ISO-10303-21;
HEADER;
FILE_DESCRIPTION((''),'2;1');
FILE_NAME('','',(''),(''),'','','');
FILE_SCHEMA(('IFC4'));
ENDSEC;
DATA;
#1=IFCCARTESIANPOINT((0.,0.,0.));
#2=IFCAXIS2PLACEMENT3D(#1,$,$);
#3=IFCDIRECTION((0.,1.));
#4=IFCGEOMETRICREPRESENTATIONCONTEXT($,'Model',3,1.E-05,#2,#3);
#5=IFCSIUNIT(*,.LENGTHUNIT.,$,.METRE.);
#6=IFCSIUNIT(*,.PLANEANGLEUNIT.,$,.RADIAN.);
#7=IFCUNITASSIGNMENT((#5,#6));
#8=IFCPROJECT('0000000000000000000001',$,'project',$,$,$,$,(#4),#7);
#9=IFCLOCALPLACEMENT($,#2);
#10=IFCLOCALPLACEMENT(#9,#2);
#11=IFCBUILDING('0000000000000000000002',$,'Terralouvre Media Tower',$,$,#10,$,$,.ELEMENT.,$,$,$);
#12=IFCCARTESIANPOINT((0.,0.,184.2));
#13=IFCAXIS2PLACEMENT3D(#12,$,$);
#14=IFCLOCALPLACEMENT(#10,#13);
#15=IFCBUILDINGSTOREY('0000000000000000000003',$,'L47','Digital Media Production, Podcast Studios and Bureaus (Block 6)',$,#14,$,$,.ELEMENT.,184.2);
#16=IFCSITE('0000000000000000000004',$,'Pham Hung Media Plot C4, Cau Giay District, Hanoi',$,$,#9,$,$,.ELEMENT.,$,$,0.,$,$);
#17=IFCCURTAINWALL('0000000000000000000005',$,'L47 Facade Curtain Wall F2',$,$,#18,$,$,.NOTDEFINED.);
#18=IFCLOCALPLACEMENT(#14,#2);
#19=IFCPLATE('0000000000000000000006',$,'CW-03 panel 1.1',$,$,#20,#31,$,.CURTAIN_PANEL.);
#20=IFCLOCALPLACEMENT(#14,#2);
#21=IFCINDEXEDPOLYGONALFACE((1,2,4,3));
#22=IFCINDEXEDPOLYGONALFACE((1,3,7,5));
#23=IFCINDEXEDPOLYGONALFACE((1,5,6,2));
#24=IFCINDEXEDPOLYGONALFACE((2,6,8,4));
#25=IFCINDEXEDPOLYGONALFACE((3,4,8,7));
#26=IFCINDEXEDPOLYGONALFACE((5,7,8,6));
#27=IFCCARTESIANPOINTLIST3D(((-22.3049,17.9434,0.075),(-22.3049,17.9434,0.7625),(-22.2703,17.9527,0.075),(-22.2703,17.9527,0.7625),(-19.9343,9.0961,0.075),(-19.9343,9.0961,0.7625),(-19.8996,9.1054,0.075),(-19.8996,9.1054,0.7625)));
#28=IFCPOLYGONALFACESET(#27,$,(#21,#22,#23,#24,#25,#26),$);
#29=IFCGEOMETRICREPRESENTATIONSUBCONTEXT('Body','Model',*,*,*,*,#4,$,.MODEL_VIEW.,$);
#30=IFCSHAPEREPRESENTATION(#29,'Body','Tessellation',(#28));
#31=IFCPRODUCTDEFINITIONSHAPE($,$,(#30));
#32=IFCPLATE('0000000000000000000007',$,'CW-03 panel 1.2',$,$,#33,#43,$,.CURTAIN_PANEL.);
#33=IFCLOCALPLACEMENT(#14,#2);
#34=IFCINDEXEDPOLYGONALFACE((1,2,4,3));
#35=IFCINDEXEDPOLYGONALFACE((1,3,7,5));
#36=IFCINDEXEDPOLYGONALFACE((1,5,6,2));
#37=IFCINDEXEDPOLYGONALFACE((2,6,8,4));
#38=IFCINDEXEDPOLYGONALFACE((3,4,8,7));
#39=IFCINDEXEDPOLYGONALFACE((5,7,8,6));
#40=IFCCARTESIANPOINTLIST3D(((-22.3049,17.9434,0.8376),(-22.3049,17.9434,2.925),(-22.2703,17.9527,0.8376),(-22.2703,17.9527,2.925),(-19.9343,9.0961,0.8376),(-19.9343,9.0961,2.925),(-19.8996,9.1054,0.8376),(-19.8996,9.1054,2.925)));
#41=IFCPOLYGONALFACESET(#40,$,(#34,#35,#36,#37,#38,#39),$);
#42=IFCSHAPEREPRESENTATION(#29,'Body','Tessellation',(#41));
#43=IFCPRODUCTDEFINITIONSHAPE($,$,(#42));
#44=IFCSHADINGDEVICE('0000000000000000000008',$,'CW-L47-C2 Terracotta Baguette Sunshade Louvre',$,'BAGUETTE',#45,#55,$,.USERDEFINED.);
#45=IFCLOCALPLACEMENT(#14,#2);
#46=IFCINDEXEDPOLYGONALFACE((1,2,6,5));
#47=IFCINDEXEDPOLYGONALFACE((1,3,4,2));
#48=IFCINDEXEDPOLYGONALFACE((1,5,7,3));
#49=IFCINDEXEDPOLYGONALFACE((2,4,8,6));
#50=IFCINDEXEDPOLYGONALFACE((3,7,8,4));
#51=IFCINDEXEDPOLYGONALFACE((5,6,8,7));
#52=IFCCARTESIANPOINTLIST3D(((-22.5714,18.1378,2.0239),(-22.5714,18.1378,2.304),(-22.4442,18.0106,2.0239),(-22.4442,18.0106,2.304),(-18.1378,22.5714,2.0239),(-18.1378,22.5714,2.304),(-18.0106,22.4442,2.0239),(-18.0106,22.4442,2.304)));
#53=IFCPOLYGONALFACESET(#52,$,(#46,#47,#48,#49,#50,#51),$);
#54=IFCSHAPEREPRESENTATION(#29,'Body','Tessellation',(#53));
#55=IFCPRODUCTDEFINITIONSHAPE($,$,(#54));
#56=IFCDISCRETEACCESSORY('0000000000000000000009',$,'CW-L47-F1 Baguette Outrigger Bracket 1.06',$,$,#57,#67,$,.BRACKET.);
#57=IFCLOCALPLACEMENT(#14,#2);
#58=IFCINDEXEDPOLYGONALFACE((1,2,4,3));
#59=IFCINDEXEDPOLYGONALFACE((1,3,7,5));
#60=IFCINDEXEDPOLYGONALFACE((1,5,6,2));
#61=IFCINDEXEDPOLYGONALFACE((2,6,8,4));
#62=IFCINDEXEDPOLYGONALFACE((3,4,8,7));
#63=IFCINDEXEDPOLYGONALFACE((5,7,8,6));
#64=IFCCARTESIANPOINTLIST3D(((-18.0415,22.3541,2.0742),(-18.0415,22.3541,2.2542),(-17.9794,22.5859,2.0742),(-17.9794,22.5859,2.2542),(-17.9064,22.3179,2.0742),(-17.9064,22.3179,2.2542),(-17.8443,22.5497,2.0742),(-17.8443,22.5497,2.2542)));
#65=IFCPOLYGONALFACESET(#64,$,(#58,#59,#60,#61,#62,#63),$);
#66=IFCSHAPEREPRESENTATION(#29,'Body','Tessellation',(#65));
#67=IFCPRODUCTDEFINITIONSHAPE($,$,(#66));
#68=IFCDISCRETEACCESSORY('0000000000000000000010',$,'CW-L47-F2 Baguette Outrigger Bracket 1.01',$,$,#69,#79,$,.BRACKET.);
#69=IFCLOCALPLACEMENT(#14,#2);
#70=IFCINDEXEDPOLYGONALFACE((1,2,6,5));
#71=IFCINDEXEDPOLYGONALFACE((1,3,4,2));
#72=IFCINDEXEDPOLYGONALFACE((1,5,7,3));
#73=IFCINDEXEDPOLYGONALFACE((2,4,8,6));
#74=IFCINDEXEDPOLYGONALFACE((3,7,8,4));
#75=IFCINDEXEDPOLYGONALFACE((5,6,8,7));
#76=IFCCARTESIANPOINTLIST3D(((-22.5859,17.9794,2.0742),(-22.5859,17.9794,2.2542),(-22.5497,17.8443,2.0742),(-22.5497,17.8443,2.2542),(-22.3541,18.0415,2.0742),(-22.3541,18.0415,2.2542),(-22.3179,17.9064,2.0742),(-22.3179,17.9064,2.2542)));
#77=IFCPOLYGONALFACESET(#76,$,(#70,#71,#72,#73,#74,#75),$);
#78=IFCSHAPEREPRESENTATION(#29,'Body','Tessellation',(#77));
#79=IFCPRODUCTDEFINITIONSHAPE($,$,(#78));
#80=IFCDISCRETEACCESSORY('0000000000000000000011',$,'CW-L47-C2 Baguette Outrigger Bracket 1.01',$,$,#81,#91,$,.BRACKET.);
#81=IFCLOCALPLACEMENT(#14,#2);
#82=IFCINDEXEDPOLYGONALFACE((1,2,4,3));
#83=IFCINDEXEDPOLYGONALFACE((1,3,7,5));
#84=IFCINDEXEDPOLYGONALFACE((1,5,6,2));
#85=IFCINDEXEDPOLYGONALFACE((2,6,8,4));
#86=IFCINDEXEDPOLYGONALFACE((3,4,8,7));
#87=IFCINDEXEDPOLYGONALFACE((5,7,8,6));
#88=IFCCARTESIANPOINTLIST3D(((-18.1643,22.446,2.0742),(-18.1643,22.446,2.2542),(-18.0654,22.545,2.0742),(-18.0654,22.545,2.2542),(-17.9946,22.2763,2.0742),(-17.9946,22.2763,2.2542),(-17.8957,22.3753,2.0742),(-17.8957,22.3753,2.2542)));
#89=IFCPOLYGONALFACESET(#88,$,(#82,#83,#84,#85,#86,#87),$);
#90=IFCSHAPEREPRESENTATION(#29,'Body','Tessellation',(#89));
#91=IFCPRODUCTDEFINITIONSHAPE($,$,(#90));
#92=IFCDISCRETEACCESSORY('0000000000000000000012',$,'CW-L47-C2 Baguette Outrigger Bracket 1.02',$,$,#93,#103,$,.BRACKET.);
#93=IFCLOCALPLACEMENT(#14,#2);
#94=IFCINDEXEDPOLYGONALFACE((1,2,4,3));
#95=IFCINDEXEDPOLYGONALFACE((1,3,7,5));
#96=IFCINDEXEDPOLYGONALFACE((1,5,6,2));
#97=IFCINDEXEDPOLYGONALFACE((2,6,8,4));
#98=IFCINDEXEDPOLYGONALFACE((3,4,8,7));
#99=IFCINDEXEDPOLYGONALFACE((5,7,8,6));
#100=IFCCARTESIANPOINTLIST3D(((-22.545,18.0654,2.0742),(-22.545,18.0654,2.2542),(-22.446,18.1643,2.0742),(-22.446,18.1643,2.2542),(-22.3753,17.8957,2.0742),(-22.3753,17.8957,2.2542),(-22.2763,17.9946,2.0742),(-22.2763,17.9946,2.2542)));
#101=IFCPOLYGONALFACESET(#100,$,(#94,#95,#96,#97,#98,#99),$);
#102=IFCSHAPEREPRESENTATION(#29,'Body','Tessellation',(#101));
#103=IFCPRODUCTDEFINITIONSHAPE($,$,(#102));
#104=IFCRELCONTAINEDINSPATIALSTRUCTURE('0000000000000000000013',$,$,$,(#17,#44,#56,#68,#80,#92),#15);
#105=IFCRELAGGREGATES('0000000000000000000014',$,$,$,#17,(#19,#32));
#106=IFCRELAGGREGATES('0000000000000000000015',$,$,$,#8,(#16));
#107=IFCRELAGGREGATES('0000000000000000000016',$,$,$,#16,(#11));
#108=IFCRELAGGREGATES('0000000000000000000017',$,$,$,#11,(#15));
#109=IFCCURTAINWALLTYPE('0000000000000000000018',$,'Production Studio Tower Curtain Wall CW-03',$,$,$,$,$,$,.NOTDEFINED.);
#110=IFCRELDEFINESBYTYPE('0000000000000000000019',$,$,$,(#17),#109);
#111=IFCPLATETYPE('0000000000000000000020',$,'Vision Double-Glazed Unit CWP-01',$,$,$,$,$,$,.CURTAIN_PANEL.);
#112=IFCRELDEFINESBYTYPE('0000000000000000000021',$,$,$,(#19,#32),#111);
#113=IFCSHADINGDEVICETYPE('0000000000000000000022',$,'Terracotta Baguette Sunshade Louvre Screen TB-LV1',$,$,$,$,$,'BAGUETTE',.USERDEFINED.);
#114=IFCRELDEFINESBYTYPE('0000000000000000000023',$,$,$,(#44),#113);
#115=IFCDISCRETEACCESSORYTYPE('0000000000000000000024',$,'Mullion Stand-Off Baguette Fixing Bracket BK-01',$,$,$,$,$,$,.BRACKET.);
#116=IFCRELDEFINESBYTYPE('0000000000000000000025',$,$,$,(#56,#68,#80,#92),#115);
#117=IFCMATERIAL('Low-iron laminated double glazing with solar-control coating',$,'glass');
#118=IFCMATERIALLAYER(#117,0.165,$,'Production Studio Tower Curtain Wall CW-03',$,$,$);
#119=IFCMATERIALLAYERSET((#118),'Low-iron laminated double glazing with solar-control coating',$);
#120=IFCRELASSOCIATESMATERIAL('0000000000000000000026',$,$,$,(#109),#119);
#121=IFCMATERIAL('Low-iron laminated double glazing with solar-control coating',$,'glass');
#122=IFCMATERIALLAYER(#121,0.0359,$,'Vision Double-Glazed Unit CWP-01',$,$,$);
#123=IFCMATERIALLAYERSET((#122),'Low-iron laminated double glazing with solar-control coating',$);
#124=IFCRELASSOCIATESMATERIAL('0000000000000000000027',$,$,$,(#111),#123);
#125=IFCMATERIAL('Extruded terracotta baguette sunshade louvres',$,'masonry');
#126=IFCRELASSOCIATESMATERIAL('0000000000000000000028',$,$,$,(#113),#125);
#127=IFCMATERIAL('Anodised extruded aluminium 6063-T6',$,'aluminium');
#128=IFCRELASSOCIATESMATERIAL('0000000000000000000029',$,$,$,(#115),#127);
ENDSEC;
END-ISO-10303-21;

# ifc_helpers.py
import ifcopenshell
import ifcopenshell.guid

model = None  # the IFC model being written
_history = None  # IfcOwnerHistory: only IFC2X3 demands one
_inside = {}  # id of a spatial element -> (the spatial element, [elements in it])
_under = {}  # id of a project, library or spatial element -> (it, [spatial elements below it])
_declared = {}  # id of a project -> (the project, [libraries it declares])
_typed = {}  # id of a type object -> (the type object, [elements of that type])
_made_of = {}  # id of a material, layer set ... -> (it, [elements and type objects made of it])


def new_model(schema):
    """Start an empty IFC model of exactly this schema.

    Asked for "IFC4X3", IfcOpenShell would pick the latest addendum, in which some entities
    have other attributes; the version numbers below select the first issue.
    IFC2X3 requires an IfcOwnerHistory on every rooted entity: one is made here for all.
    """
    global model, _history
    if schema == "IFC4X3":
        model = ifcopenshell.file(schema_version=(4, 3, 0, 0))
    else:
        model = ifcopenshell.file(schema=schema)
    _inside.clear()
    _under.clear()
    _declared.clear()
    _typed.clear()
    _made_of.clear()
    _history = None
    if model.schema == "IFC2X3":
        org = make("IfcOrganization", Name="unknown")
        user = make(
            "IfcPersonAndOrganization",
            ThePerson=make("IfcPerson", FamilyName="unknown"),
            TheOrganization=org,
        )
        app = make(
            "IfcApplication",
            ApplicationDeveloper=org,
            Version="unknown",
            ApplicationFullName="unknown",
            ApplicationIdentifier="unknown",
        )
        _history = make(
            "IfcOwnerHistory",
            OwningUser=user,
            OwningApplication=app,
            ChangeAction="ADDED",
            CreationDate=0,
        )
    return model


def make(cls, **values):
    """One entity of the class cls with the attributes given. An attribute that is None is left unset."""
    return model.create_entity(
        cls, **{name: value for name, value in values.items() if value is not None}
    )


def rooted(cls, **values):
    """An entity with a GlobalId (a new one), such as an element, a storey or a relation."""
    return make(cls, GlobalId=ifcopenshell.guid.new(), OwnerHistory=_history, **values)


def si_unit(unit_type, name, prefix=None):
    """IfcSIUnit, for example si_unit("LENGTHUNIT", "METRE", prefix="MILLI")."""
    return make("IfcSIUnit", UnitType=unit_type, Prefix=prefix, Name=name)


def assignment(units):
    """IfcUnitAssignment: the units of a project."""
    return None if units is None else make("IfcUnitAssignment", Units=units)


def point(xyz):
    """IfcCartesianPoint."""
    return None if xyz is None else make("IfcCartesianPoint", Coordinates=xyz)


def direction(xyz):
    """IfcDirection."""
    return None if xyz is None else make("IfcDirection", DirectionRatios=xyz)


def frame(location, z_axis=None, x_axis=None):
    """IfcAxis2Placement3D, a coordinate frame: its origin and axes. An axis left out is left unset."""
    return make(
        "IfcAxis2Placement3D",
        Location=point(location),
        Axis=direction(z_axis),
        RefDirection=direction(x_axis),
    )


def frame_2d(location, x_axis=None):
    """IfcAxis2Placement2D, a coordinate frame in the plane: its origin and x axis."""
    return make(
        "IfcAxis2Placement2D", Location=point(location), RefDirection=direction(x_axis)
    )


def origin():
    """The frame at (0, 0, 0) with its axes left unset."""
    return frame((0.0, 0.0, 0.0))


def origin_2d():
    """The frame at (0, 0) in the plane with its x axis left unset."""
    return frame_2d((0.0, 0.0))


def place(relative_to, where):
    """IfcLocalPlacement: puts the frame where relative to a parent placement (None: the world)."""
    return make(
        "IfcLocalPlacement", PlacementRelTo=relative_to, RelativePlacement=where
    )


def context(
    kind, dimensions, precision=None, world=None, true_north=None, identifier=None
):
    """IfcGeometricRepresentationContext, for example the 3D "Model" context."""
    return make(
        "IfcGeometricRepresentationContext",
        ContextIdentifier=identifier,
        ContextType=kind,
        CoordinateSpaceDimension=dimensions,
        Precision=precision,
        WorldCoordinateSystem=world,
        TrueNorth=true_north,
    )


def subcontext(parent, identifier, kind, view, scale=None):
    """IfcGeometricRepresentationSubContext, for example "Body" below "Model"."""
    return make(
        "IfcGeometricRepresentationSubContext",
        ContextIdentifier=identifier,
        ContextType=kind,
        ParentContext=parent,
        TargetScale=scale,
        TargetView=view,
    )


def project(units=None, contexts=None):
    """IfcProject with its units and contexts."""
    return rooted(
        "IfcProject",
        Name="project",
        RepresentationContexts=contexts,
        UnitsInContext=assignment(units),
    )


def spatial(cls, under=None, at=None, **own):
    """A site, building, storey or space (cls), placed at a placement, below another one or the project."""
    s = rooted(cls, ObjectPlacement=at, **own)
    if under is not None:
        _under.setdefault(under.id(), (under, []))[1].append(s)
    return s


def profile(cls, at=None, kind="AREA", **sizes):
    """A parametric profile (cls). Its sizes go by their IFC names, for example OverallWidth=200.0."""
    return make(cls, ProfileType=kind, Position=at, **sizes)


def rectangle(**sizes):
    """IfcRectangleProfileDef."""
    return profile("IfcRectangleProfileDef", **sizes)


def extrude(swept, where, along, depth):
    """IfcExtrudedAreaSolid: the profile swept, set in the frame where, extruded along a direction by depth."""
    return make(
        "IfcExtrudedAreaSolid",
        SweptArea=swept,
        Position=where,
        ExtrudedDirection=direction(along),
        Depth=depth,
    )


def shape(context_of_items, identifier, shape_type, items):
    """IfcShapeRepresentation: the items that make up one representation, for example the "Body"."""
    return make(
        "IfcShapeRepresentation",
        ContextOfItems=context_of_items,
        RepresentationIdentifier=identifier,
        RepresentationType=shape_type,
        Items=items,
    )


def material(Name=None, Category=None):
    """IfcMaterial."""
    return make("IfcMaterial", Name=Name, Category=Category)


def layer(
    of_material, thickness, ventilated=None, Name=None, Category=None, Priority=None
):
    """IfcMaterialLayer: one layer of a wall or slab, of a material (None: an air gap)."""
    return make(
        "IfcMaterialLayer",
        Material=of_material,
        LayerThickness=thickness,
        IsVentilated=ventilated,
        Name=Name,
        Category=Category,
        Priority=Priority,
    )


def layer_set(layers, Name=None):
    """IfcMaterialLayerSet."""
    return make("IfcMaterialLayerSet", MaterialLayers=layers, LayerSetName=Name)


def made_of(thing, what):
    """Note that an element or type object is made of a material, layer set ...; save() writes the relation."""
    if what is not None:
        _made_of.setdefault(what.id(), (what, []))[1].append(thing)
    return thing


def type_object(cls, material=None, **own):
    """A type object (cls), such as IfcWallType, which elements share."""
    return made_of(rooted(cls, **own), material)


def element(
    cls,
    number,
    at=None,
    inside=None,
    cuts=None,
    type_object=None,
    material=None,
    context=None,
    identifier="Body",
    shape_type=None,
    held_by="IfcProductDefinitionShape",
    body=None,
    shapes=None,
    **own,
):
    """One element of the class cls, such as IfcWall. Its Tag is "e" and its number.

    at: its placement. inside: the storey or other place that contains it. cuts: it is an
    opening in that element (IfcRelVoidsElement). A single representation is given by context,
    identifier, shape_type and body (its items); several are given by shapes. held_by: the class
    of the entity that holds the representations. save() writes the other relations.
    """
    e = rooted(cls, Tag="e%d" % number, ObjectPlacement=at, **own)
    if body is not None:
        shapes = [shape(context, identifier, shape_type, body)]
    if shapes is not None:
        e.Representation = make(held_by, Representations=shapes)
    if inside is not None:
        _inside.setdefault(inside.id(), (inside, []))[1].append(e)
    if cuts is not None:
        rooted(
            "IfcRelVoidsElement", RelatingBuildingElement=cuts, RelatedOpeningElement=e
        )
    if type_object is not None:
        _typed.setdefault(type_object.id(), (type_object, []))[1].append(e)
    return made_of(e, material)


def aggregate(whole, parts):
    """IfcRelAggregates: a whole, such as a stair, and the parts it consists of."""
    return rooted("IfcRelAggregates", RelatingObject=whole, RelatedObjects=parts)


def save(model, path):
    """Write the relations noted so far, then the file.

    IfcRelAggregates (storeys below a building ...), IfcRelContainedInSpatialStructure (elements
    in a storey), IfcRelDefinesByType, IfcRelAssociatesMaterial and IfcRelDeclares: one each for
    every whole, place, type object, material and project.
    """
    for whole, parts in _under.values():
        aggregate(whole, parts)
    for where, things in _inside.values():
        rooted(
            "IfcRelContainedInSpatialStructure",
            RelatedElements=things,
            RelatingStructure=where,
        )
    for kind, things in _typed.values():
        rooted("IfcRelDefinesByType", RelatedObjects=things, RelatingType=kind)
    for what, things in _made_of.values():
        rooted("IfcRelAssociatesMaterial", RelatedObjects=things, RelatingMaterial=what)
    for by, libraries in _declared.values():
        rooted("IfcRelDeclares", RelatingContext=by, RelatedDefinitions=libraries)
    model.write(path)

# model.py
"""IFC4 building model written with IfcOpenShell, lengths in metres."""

from ifc_helpers import new_model, si_unit, direction, frame, origin, origin_2d, place, context, subcontext, project, spatial, rectangle, extrude, material, layer, layer_set, type_object, element, aggregate, save


model = new_model("IFC4")

# Units and contexts
model_context = context("Model", 3, precision=1e-05, world=origin(), true_north=direction((0.0, 1.0)))
body_context = subcontext(model_context, "Body", "Model", "MODEL_VIEW")
ifc_project = project(units=[si_unit("LENGTHUNIT", "METRE"), si_unit("PLANEANGLEUNIT", "RADIAN")], contexts=[model_context])

# Site, building, storey
site_placement = place(None, origin())
site = spatial("IfcSite", under=ifc_project, at=site_placement, Name="Pham Hung Media Plot C4, Cau Giay District, Hanoi", CompositionType="ELEMENT", RefElevation=0.0)
building_placement = place(site_placement, origin())
building = spatial("IfcBuilding", under=site, at=building_placement, Name="Terralouvre Media Tower", CompositionType="ELEMENT")
storey_placement = place(building_placement, frame((0.0, 0.0, 184.2)))
storey = spatial("IfcBuildingStorey", under=building, at=storey_placement, Name="L47", Description="Digital Media Production, Podcast Studios and Bureaus (Block 6)", CompositionType="ELEMENT", Elevation=184.2)

# Curtain wall
ifc_material_1 = material(Name="Low-iron laminated double glazing with solar-control coating", Category="glass")
ifc_layer_1 = layer(ifc_material_1, 0.165, Name="Production Studio Tower Curtain Wall CW-03")
ifc_layer_set_1 = layer_set([ifc_layer_1], Name="Low-iron laminated double glazing with solar-control coating")
curtain_wall_type_1 = type_object("IfcCurtainWallType", Name="Production Studio Tower Curtain Wall CW-03", PredefinedType="NOTDEFINED", material=ifc_layer_set_1)
curtain_wall_1_placement = place(storey_placement, origin())
curtain_wall_1 = element("IfcCurtainWall", 1, at=curtain_wall_1_placement, inside=storey, type_object=curtain_wall_type_1, Name="L47 Facade Curtain Wall F2", PredefinedType="NOTDEFINED")

# Plates
ifc_material_2 = material(Name="Low-iron laminated double glazing with solar-control coating", Category="glass")
ifc_layer_2 = layer(ifc_material_2, 0.0359, Name="Vision Double-Glazed Unit CWP-01")
ifc_layer_set_2 = layer_set([ifc_layer_2], Name="Low-iron laminated double glazing with solar-control coating")
plate_type_1 = type_object("IfcPlateType", Name="Vision Double-Glazed Unit CWP-01", PredefinedType="CURTAIN_PANEL", material=ifc_layer_set_2)
plate_1_placement = place(storey_placement, frame((-21.1023, 13.5244, 0.075), z_axis=(0.0, 0.0, 1.0), x_axis=(0.258819, -0.965926, 0.0)))
plate_1 = element("IfcPlate", 2, at=plate_1_placement, type_object=plate_type_1, Name="CW-03 panel 1.1", PredefinedType="CURTAIN_PANEL", context=body_context, shape_type="SweptSolid", body=[
    extrude(rectangle(XDim=9.1594, YDim=0.0359, at=origin_2d()), origin(), (0.0, 0.0, 1.0), 0.6875),
])
plate_2_placement = place(storey_placement, frame((-21.1023, 13.5244, 0.8376), z_axis=(0.0, 0.0, 1.0), x_axis=(0.258819, -0.965926, 0.0)))
plate_2 = element("IfcPlate", 3, at=plate_2_placement, type_object=plate_type_1, Name="CW-03 panel 1.2", PredefinedType="CURTAIN_PANEL", context=body_context, shape_type="SweptSolid", body=[
    extrude(rectangle(XDim=9.1594, YDim=0.0359, at=origin_2d()), origin(), (0.0, 0.0, 1.0), 2.0874),
])
aggregate(curtain_wall_1, [plate_1, plate_2])

# Shading device
ifc_material_3 = material(Name="Extruded terracotta baguette sunshade louvres", Category="masonry")
shading_device_type = type_object("IfcShadingDeviceType", Name="Terracotta Baguette Sunshade Louvre Screen TB-LV1", ElementType="BAGUETTE", PredefinedType="USERDEFINED", material=ifc_material_3)
shading_device_placement = place(storey_placement, frame((-20.291, 20.291, 2.0239), z_axis=(0.0, 0.0, 1.0), x_axis=(-0.707107, -0.707107, 0.0)))
element("IfcShadingDevice", 4, at=shading_device_placement, inside=storey, type_object=shading_device_type, Name="CW-L47-C2 Terracotta Baguette Sunshade Louvre", ObjectType="BAGUETTE", PredefinedType="USERDEFINED", context=body_context, shape_type="SweptSolid", body=[
    extrude(rectangle(XDim=6.27, YDim=0.1799, at=origin_2d()), origin(), (0.0, 0.0, 1.0), 0.28),
])

# Discrete accessories
ifc_material_4 = material(Name="Anodised extruded aluminium 6063-T6", Category="aluminium")
discrete_accessory_type = type_object("IfcDiscreteAccessoryType", Name="Mullion Stand-Off Baguette Fixing Bracket BK-01", PredefinedType="BRACKET", material=ifc_material_4)
for number, where, z_axis, x_axis, name in (
    (5, (-17.9429, 22.4519, 2.0742), (0.0, 0.0, 1.0), (-0.965926, 0.258819, 0.0), "CW-L47-F1 Baguette Outrigger Bracket 1.06"),
    (6, (-22.4519, 17.9429, 2.0742), (0.0, 0.0, 1.0), (0.258819, -0.965926, 0.0), "CW-L47-F2 Baguette Outrigger Bracket 1.01"),
    (7, (-18.03, 22.4106, 2.0742), (0.0, 0.0, 1.0), (-0.707107, -0.707107, 0.0), "CW-L47-C2 Baguette Outrigger Bracket 1.01"),
    (8, (-22.4106, 18.03, 2.0742), (0.0, 0.0, 1.0), (-0.707107, -0.707107, 0.0), "CW-L47-C2 Baguette Outrigger Bracket 1.02"),
):
    element("IfcDiscreteAccessory", number, at=place(storey_placement, frame(where, z_axis=z_axis, x_axis=x_axis)), inside=storey, type_object=discrete_accessory_type, Name=name, PredefinedType="BRACKET", context=body_context, shape_type="SweptSolid", body=[
        extrude(rectangle(XDim=0.1399, YDim=0.24, at=origin_2d()), origin(), (0.0, 0.0, 1.0), 0.1799),
    ])

save(model, "model.ifc")
